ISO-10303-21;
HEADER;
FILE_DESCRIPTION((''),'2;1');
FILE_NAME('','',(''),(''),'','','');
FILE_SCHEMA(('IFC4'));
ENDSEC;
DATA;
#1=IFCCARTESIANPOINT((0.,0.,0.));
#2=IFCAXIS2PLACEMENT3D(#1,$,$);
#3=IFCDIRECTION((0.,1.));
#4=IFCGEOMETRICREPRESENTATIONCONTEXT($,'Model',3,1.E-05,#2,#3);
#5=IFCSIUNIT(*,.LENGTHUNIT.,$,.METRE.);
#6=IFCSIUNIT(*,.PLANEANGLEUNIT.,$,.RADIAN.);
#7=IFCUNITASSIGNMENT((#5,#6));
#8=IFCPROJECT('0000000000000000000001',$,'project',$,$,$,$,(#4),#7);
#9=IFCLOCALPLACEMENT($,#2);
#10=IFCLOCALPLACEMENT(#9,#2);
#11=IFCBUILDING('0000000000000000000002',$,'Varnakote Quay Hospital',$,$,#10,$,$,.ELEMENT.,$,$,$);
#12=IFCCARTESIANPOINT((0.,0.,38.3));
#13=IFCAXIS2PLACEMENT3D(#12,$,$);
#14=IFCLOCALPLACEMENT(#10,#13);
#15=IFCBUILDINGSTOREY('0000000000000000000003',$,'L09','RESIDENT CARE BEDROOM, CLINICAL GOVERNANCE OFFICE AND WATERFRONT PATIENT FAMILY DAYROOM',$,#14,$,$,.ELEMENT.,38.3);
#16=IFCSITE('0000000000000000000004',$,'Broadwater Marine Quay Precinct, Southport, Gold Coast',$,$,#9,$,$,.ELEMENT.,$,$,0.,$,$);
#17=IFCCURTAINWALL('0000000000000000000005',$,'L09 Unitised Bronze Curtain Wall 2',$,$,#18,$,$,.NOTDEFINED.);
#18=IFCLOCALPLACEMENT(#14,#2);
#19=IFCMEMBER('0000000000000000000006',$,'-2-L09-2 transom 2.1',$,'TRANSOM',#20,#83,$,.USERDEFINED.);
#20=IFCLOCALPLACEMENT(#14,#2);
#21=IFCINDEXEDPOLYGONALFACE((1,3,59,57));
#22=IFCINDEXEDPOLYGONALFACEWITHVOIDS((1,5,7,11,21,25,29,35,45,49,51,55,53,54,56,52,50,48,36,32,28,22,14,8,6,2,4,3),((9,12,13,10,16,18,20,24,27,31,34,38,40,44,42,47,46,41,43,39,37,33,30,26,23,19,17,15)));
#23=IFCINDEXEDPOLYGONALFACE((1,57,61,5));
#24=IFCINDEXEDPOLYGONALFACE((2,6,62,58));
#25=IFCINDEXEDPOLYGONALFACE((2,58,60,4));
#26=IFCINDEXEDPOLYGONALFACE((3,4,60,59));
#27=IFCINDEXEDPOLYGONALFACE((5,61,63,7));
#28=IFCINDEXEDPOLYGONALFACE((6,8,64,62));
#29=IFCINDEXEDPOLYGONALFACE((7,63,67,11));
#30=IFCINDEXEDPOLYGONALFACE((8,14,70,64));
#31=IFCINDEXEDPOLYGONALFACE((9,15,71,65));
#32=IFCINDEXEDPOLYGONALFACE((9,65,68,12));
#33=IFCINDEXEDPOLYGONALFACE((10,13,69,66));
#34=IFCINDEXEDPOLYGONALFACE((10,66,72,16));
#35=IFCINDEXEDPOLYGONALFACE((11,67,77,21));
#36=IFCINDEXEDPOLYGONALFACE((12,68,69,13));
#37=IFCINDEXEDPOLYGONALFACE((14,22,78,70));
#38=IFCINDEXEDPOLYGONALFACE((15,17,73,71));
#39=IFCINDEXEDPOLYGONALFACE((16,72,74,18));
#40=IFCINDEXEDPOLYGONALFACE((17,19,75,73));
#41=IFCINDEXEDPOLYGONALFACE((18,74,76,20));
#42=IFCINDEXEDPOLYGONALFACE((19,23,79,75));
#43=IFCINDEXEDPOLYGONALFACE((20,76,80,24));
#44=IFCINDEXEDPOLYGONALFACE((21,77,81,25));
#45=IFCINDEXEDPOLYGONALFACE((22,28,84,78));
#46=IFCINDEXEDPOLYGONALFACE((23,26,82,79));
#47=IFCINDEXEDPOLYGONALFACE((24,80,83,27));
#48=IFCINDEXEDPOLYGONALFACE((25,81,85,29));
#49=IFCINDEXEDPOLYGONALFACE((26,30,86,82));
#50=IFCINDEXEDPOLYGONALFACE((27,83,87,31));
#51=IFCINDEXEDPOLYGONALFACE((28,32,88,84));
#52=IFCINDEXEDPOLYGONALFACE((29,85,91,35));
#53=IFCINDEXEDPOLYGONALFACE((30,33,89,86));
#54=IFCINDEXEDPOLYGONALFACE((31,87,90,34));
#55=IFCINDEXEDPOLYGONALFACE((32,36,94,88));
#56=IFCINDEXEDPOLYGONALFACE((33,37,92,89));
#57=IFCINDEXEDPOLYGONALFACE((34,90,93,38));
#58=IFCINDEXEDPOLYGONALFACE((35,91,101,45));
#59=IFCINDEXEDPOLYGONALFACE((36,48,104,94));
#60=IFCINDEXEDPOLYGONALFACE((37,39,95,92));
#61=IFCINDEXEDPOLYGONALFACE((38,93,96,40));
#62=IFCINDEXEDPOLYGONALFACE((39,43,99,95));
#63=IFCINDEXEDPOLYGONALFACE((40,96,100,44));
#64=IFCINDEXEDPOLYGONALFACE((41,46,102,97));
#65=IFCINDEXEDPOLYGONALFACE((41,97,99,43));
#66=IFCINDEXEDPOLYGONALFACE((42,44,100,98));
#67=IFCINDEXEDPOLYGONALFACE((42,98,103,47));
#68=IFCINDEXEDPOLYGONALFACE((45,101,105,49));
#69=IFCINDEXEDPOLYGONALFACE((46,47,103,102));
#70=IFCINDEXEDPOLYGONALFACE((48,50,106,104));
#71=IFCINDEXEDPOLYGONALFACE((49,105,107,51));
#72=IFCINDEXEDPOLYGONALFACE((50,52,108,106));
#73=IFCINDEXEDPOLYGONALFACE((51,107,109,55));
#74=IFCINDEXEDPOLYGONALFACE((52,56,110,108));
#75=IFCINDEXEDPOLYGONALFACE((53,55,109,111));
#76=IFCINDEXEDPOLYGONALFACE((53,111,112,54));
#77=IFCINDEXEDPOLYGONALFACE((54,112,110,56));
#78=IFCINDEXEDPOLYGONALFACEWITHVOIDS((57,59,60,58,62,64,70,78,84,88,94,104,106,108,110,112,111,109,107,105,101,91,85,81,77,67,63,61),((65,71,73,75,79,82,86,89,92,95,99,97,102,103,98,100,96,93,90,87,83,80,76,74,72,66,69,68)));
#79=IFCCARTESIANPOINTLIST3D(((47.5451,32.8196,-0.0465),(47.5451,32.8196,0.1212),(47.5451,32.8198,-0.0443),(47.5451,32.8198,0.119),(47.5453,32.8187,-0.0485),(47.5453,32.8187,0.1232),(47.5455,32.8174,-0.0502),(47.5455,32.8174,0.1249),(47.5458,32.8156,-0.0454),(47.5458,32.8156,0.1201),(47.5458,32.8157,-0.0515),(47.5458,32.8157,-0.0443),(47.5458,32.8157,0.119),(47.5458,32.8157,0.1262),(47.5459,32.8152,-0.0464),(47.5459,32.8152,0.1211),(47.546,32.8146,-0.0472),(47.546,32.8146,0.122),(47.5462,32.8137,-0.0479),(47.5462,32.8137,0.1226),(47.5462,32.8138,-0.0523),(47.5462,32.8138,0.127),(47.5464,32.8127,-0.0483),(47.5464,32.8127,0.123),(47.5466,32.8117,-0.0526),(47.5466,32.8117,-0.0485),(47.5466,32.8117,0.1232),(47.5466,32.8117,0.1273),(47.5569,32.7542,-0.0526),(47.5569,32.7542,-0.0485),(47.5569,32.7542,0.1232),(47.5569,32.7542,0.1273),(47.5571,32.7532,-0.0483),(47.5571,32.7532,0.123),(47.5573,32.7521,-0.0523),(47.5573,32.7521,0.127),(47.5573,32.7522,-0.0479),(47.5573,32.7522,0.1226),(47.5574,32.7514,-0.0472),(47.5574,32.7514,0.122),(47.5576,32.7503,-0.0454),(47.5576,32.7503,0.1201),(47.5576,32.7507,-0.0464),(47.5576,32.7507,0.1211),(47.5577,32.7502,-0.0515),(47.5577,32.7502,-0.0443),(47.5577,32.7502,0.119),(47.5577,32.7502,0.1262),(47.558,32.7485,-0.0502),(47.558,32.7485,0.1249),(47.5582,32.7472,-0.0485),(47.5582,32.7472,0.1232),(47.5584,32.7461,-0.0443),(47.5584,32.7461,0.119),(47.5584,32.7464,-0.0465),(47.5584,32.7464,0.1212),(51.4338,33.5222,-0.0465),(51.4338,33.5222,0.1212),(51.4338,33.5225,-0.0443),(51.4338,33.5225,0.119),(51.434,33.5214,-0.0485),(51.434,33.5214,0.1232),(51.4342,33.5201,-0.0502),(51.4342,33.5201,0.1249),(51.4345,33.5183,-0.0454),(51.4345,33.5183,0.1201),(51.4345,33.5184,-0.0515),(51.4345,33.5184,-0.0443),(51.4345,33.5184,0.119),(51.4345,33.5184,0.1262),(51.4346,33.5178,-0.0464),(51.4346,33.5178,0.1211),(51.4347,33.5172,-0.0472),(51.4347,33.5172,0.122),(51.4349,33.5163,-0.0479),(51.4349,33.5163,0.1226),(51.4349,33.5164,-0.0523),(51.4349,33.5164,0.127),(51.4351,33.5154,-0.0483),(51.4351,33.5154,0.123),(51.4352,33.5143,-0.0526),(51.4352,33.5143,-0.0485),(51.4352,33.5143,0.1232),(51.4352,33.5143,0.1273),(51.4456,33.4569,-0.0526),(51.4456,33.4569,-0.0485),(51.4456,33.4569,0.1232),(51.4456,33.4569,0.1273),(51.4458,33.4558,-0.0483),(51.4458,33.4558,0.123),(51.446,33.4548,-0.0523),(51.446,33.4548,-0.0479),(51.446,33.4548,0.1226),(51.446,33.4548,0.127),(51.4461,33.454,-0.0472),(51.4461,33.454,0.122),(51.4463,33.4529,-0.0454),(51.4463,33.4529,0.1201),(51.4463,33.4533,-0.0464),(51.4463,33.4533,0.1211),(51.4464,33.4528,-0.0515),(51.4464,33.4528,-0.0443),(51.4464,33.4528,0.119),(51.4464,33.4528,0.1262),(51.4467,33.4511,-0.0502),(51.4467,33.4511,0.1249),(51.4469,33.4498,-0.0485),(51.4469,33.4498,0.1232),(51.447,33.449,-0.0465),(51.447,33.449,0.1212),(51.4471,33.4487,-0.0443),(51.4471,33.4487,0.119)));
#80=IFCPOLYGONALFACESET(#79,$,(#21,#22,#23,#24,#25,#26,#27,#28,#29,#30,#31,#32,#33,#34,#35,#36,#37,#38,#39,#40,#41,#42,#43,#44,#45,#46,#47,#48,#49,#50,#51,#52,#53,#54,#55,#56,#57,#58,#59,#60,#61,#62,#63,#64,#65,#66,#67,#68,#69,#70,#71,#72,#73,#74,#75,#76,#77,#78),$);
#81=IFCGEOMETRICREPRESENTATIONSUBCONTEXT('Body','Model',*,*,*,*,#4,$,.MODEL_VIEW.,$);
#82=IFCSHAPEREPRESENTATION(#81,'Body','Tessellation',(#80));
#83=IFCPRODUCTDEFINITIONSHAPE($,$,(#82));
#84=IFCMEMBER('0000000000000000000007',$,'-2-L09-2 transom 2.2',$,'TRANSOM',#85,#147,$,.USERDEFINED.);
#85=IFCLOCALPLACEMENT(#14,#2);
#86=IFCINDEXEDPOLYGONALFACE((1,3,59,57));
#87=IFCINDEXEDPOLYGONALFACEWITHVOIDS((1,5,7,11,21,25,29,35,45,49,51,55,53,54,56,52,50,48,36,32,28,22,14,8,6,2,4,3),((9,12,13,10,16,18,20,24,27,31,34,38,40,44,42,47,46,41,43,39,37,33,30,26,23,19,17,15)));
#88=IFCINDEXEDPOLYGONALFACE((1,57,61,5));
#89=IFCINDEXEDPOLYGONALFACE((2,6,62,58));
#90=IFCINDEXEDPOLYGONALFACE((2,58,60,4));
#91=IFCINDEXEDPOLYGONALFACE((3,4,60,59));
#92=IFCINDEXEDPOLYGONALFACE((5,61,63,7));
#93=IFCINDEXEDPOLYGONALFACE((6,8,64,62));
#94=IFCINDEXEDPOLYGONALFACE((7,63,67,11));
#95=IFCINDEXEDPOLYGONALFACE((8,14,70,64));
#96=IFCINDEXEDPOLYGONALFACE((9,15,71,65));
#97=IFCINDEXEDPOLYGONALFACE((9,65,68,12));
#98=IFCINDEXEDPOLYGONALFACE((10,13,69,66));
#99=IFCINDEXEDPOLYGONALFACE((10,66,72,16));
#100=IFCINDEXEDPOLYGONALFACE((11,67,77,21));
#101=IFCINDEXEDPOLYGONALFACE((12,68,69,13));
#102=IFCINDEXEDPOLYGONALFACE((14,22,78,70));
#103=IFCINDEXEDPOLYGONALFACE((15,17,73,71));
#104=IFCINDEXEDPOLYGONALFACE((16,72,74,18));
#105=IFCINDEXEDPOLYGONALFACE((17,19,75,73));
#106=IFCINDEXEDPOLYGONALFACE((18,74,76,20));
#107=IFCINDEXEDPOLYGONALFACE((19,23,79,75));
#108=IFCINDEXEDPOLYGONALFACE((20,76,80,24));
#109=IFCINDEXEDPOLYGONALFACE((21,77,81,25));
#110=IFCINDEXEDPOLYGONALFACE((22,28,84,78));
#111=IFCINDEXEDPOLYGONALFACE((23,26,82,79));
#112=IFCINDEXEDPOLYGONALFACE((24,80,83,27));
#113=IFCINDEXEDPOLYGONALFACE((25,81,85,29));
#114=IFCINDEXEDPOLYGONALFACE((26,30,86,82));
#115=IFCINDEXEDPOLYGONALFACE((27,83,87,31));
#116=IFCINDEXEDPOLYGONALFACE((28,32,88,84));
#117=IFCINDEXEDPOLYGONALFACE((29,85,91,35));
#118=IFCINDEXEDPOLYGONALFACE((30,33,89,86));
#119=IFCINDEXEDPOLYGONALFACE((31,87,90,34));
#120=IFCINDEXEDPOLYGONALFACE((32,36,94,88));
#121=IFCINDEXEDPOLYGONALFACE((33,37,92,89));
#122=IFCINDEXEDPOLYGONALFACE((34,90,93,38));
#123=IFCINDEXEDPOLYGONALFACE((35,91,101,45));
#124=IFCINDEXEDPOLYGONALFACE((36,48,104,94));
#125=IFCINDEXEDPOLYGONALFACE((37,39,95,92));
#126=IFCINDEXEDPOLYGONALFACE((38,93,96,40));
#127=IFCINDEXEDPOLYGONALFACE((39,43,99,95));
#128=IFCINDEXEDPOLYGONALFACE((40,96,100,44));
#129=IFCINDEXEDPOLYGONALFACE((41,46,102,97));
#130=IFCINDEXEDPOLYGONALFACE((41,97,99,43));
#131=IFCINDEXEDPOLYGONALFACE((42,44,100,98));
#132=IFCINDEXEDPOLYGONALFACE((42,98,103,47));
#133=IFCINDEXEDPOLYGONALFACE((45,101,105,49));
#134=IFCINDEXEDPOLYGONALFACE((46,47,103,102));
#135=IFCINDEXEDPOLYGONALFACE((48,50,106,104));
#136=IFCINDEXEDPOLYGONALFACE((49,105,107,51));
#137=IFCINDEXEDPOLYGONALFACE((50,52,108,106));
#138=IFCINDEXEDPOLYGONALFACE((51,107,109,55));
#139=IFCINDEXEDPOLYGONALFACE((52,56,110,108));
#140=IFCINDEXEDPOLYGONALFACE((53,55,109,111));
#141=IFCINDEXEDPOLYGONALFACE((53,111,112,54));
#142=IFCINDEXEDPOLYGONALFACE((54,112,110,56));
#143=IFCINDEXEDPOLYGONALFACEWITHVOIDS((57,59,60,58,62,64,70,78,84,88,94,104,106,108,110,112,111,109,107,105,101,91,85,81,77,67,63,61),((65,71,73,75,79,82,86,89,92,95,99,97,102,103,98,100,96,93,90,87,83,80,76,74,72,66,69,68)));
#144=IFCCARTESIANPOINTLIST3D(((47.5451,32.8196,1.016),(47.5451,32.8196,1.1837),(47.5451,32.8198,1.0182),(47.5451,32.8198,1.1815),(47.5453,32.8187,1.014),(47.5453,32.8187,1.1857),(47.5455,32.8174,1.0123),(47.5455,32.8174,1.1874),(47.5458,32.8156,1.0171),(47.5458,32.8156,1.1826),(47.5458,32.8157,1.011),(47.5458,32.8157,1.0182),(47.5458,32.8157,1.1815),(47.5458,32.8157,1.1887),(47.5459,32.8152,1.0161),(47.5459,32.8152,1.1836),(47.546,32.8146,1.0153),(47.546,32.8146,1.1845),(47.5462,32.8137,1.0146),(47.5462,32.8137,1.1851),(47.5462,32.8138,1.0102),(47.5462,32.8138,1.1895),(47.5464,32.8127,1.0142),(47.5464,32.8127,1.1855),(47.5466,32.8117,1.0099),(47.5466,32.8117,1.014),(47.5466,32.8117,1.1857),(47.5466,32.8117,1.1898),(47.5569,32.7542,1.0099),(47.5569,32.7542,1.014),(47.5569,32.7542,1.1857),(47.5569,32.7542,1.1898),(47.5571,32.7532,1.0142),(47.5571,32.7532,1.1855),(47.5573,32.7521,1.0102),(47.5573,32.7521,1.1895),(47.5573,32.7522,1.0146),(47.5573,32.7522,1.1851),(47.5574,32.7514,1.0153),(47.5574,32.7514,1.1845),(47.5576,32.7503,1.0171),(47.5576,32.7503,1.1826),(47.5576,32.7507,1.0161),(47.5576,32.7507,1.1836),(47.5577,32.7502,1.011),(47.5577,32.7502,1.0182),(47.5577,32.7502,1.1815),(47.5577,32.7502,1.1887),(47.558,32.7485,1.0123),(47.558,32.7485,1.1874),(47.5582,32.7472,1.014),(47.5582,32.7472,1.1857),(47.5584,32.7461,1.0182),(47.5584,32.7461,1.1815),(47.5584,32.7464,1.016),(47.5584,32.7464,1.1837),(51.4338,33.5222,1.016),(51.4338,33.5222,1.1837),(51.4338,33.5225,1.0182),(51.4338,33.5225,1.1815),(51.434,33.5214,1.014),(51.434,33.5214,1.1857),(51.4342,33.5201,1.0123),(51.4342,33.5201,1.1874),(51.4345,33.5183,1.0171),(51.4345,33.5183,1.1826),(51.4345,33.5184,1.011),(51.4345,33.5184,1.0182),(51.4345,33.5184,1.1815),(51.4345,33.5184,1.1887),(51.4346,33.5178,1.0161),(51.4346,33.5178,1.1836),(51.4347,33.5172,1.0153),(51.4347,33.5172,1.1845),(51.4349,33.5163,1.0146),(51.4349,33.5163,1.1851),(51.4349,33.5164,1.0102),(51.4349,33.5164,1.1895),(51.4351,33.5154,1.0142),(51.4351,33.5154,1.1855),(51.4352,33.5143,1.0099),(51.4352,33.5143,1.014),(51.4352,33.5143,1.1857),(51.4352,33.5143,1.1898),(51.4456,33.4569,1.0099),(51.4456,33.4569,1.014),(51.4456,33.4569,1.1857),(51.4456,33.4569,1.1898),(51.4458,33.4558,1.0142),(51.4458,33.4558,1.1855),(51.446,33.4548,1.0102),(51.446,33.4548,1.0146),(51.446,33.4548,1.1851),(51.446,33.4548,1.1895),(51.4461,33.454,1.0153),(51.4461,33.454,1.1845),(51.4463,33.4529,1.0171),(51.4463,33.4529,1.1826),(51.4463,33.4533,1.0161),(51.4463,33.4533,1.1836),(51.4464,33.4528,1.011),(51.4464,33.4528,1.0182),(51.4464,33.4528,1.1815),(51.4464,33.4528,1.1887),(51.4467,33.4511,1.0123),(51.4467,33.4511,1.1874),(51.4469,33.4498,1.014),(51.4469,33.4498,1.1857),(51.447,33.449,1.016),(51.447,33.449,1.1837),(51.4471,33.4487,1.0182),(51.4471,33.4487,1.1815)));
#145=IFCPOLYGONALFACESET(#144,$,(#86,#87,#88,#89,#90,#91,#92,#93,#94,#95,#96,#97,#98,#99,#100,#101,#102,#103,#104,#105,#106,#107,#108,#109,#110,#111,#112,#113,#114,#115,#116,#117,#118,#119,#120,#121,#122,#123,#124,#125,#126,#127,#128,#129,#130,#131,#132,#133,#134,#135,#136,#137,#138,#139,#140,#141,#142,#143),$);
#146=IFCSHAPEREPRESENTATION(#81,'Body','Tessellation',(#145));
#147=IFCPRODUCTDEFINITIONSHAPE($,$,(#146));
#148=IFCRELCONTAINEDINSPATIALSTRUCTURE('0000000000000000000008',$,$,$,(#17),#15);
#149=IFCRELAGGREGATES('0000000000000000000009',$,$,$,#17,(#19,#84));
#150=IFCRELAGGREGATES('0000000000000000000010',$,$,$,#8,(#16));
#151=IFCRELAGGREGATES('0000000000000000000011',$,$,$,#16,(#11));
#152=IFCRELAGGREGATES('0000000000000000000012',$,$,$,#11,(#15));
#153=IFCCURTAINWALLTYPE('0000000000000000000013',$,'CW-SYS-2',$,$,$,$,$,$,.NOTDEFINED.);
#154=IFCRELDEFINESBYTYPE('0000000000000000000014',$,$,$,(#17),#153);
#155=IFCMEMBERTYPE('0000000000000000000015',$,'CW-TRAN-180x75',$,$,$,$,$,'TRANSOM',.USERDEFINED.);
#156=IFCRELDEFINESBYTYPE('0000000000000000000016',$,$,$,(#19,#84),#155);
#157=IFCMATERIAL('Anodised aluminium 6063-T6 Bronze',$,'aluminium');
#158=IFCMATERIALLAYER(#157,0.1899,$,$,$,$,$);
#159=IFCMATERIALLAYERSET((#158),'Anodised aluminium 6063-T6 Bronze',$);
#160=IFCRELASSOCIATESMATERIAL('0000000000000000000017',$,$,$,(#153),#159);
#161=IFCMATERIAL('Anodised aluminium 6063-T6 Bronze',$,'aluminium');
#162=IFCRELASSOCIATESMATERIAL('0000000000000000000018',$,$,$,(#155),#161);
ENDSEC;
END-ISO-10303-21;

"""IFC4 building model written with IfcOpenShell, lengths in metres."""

from ifc_helpers import new_model, si_unit, direction, frame, origin, origin_2d, place, context, subcontext, project, spatial, hollow_rectangle, extrude, material, layer, layer_set, material_profile, profile_set, type_object, element, aggregate, save


model = new_model("IFC4")

# Units and contexts
model_context = context("Model", 3, precision=1e-05, world=origin(), true_north=direction((0.0, 1.0)))
body_context = subcontext(model_context, "Body", "Model", "MODEL_VIEW")
ifc_project = project(units=[si_unit("LENGTHUNIT", "METRE"), si_unit("PLANEANGLEUNIT", "RADIAN")], contexts=[model_context])

# Site, building, storey
site_placement = place(None, origin())
site = spatial("IfcSite", under=ifc_project, at=site_placement, Name="Broadwater Marine Quay Precinct, Southport, Gold Coast", CompositionType="ELEMENT", RefElevation=0.0)
building_placement = place(site_placement, origin())
building = spatial("IfcBuilding", under=site, at=building_placement, Name="Varnakote Quay Hospital", CompositionType="ELEMENT")
storey_placement = place(building_placement, frame((0.0, 0.0, 38.3)))
storey = spatial("IfcBuildingStorey", under=building, at=storey_placement, Name="L09", Description="RESIDENT CARE BEDROOM, CLINICAL GOVERNANCE OFFICE AND WATERFRONT PATIENT FAMILY DAYROOM", CompositionType="ELEMENT", Elevation=38.3)

# Shared definitions
ifc_material_1 = material(Name="Anodised aluminium 6063-T6 Bronze", Category="aluminium")
ifc_layer_1 = layer(ifc_material_1, 0.1899)
ifc_layer_set_1 = layer_set([ifc_layer_1], Name="Anodised aluminium 6063-T6 Bronze")
curtain_wall_type = type_object("IfcCurtainWallType", Name="CW-SYS-2", PredefinedType="NOTDEFINED", material=ifc_layer_set_1)

# Curtain wall
curtain_wall_1_placement = place(storey_placement, origin())
curtain_wall_1 = element("IfcCurtainWall", 1, at=curtain_wall_1_placement, inside=storey, type_object=curtain_wall_type, Name="L09 Unitised Bronze Curtain Wall 2", PredefinedType="NOTDEFINED")

# Members
ifc_material_2 = material(Name="Anodised aluminium 6063-T6 Bronze", Category="aluminium")
ifc_material_profile_1 = material_profile(ifc_material_2, hollow_rectangle(XDim=0.075, YDim=0.1799, WallThickness=0.0042, InnerFilletRadius=0.0042, OuterFilletRadius=0.0083, at=origin_2d()), Name="CW-TRAN-180x75")
ifc_profile_set_1 = profile_set([ifc_material_profile_1], Name="Anodised aluminium 6063-T6 Bronze")
member_type_1 = type_object("IfcMemberType", Name="CW-TRAN-180x75", ElementType="TRANSOM", PredefinedType="USERDEFINED", material=ifc_profile_set_1)
member_1_placement = place(storey_placement, frame((51.4404, 33.4856, 0.0374), z_axis=(-0.984065, -0.177809, 0.0), x_axis=(0.177809, -0.984065, 0.0)))
member_1 = element("IfcMember", 2, at=member_1_placement, type_object=member_type_1, Name="-2-L09-2 transom 2.1", ObjectType="TRANSOM", PredefinedType="USERDEFINED", context=body_context, shape_type="SweptSolid", body=[
    extrude(hollow_rectangle(XDim=0.075, YDim=0.1799, WallThickness=0.0042, InnerFilletRadius=0.0042, OuterFilletRadius=0.0083, at=origin_2d()), origin(), (0.0, 0.0, 1.0), 3.9517),
])
member_2_placement = place(storey_placement, frame((51.4404, 33.4856, 1.0999), z_axis=(-0.984065, -0.177809, 0.0), x_axis=(0.177809, -0.984065, 0.0)))
member_2 = element("IfcMember", 3, at=member_2_placement, type_object=member_type_1, Name="-2-L09-2 transom 2.2", ObjectType="TRANSOM", PredefinedType="USERDEFINED", context=body_context, shape_type="SweptSolid", body=[
    extrude(hollow_rectangle(XDim=0.075, YDim=0.1799, WallThickness=0.0042, InnerFilletRadius=0.0042, OuterFilletRadius=0.0083, at=origin_2d()), origin(), (0.0, 0.0, 1.0), 3.9517),
])

aggregate(curtain_wall_1, [member_1, member_2])

save(model, "model.ifc")
